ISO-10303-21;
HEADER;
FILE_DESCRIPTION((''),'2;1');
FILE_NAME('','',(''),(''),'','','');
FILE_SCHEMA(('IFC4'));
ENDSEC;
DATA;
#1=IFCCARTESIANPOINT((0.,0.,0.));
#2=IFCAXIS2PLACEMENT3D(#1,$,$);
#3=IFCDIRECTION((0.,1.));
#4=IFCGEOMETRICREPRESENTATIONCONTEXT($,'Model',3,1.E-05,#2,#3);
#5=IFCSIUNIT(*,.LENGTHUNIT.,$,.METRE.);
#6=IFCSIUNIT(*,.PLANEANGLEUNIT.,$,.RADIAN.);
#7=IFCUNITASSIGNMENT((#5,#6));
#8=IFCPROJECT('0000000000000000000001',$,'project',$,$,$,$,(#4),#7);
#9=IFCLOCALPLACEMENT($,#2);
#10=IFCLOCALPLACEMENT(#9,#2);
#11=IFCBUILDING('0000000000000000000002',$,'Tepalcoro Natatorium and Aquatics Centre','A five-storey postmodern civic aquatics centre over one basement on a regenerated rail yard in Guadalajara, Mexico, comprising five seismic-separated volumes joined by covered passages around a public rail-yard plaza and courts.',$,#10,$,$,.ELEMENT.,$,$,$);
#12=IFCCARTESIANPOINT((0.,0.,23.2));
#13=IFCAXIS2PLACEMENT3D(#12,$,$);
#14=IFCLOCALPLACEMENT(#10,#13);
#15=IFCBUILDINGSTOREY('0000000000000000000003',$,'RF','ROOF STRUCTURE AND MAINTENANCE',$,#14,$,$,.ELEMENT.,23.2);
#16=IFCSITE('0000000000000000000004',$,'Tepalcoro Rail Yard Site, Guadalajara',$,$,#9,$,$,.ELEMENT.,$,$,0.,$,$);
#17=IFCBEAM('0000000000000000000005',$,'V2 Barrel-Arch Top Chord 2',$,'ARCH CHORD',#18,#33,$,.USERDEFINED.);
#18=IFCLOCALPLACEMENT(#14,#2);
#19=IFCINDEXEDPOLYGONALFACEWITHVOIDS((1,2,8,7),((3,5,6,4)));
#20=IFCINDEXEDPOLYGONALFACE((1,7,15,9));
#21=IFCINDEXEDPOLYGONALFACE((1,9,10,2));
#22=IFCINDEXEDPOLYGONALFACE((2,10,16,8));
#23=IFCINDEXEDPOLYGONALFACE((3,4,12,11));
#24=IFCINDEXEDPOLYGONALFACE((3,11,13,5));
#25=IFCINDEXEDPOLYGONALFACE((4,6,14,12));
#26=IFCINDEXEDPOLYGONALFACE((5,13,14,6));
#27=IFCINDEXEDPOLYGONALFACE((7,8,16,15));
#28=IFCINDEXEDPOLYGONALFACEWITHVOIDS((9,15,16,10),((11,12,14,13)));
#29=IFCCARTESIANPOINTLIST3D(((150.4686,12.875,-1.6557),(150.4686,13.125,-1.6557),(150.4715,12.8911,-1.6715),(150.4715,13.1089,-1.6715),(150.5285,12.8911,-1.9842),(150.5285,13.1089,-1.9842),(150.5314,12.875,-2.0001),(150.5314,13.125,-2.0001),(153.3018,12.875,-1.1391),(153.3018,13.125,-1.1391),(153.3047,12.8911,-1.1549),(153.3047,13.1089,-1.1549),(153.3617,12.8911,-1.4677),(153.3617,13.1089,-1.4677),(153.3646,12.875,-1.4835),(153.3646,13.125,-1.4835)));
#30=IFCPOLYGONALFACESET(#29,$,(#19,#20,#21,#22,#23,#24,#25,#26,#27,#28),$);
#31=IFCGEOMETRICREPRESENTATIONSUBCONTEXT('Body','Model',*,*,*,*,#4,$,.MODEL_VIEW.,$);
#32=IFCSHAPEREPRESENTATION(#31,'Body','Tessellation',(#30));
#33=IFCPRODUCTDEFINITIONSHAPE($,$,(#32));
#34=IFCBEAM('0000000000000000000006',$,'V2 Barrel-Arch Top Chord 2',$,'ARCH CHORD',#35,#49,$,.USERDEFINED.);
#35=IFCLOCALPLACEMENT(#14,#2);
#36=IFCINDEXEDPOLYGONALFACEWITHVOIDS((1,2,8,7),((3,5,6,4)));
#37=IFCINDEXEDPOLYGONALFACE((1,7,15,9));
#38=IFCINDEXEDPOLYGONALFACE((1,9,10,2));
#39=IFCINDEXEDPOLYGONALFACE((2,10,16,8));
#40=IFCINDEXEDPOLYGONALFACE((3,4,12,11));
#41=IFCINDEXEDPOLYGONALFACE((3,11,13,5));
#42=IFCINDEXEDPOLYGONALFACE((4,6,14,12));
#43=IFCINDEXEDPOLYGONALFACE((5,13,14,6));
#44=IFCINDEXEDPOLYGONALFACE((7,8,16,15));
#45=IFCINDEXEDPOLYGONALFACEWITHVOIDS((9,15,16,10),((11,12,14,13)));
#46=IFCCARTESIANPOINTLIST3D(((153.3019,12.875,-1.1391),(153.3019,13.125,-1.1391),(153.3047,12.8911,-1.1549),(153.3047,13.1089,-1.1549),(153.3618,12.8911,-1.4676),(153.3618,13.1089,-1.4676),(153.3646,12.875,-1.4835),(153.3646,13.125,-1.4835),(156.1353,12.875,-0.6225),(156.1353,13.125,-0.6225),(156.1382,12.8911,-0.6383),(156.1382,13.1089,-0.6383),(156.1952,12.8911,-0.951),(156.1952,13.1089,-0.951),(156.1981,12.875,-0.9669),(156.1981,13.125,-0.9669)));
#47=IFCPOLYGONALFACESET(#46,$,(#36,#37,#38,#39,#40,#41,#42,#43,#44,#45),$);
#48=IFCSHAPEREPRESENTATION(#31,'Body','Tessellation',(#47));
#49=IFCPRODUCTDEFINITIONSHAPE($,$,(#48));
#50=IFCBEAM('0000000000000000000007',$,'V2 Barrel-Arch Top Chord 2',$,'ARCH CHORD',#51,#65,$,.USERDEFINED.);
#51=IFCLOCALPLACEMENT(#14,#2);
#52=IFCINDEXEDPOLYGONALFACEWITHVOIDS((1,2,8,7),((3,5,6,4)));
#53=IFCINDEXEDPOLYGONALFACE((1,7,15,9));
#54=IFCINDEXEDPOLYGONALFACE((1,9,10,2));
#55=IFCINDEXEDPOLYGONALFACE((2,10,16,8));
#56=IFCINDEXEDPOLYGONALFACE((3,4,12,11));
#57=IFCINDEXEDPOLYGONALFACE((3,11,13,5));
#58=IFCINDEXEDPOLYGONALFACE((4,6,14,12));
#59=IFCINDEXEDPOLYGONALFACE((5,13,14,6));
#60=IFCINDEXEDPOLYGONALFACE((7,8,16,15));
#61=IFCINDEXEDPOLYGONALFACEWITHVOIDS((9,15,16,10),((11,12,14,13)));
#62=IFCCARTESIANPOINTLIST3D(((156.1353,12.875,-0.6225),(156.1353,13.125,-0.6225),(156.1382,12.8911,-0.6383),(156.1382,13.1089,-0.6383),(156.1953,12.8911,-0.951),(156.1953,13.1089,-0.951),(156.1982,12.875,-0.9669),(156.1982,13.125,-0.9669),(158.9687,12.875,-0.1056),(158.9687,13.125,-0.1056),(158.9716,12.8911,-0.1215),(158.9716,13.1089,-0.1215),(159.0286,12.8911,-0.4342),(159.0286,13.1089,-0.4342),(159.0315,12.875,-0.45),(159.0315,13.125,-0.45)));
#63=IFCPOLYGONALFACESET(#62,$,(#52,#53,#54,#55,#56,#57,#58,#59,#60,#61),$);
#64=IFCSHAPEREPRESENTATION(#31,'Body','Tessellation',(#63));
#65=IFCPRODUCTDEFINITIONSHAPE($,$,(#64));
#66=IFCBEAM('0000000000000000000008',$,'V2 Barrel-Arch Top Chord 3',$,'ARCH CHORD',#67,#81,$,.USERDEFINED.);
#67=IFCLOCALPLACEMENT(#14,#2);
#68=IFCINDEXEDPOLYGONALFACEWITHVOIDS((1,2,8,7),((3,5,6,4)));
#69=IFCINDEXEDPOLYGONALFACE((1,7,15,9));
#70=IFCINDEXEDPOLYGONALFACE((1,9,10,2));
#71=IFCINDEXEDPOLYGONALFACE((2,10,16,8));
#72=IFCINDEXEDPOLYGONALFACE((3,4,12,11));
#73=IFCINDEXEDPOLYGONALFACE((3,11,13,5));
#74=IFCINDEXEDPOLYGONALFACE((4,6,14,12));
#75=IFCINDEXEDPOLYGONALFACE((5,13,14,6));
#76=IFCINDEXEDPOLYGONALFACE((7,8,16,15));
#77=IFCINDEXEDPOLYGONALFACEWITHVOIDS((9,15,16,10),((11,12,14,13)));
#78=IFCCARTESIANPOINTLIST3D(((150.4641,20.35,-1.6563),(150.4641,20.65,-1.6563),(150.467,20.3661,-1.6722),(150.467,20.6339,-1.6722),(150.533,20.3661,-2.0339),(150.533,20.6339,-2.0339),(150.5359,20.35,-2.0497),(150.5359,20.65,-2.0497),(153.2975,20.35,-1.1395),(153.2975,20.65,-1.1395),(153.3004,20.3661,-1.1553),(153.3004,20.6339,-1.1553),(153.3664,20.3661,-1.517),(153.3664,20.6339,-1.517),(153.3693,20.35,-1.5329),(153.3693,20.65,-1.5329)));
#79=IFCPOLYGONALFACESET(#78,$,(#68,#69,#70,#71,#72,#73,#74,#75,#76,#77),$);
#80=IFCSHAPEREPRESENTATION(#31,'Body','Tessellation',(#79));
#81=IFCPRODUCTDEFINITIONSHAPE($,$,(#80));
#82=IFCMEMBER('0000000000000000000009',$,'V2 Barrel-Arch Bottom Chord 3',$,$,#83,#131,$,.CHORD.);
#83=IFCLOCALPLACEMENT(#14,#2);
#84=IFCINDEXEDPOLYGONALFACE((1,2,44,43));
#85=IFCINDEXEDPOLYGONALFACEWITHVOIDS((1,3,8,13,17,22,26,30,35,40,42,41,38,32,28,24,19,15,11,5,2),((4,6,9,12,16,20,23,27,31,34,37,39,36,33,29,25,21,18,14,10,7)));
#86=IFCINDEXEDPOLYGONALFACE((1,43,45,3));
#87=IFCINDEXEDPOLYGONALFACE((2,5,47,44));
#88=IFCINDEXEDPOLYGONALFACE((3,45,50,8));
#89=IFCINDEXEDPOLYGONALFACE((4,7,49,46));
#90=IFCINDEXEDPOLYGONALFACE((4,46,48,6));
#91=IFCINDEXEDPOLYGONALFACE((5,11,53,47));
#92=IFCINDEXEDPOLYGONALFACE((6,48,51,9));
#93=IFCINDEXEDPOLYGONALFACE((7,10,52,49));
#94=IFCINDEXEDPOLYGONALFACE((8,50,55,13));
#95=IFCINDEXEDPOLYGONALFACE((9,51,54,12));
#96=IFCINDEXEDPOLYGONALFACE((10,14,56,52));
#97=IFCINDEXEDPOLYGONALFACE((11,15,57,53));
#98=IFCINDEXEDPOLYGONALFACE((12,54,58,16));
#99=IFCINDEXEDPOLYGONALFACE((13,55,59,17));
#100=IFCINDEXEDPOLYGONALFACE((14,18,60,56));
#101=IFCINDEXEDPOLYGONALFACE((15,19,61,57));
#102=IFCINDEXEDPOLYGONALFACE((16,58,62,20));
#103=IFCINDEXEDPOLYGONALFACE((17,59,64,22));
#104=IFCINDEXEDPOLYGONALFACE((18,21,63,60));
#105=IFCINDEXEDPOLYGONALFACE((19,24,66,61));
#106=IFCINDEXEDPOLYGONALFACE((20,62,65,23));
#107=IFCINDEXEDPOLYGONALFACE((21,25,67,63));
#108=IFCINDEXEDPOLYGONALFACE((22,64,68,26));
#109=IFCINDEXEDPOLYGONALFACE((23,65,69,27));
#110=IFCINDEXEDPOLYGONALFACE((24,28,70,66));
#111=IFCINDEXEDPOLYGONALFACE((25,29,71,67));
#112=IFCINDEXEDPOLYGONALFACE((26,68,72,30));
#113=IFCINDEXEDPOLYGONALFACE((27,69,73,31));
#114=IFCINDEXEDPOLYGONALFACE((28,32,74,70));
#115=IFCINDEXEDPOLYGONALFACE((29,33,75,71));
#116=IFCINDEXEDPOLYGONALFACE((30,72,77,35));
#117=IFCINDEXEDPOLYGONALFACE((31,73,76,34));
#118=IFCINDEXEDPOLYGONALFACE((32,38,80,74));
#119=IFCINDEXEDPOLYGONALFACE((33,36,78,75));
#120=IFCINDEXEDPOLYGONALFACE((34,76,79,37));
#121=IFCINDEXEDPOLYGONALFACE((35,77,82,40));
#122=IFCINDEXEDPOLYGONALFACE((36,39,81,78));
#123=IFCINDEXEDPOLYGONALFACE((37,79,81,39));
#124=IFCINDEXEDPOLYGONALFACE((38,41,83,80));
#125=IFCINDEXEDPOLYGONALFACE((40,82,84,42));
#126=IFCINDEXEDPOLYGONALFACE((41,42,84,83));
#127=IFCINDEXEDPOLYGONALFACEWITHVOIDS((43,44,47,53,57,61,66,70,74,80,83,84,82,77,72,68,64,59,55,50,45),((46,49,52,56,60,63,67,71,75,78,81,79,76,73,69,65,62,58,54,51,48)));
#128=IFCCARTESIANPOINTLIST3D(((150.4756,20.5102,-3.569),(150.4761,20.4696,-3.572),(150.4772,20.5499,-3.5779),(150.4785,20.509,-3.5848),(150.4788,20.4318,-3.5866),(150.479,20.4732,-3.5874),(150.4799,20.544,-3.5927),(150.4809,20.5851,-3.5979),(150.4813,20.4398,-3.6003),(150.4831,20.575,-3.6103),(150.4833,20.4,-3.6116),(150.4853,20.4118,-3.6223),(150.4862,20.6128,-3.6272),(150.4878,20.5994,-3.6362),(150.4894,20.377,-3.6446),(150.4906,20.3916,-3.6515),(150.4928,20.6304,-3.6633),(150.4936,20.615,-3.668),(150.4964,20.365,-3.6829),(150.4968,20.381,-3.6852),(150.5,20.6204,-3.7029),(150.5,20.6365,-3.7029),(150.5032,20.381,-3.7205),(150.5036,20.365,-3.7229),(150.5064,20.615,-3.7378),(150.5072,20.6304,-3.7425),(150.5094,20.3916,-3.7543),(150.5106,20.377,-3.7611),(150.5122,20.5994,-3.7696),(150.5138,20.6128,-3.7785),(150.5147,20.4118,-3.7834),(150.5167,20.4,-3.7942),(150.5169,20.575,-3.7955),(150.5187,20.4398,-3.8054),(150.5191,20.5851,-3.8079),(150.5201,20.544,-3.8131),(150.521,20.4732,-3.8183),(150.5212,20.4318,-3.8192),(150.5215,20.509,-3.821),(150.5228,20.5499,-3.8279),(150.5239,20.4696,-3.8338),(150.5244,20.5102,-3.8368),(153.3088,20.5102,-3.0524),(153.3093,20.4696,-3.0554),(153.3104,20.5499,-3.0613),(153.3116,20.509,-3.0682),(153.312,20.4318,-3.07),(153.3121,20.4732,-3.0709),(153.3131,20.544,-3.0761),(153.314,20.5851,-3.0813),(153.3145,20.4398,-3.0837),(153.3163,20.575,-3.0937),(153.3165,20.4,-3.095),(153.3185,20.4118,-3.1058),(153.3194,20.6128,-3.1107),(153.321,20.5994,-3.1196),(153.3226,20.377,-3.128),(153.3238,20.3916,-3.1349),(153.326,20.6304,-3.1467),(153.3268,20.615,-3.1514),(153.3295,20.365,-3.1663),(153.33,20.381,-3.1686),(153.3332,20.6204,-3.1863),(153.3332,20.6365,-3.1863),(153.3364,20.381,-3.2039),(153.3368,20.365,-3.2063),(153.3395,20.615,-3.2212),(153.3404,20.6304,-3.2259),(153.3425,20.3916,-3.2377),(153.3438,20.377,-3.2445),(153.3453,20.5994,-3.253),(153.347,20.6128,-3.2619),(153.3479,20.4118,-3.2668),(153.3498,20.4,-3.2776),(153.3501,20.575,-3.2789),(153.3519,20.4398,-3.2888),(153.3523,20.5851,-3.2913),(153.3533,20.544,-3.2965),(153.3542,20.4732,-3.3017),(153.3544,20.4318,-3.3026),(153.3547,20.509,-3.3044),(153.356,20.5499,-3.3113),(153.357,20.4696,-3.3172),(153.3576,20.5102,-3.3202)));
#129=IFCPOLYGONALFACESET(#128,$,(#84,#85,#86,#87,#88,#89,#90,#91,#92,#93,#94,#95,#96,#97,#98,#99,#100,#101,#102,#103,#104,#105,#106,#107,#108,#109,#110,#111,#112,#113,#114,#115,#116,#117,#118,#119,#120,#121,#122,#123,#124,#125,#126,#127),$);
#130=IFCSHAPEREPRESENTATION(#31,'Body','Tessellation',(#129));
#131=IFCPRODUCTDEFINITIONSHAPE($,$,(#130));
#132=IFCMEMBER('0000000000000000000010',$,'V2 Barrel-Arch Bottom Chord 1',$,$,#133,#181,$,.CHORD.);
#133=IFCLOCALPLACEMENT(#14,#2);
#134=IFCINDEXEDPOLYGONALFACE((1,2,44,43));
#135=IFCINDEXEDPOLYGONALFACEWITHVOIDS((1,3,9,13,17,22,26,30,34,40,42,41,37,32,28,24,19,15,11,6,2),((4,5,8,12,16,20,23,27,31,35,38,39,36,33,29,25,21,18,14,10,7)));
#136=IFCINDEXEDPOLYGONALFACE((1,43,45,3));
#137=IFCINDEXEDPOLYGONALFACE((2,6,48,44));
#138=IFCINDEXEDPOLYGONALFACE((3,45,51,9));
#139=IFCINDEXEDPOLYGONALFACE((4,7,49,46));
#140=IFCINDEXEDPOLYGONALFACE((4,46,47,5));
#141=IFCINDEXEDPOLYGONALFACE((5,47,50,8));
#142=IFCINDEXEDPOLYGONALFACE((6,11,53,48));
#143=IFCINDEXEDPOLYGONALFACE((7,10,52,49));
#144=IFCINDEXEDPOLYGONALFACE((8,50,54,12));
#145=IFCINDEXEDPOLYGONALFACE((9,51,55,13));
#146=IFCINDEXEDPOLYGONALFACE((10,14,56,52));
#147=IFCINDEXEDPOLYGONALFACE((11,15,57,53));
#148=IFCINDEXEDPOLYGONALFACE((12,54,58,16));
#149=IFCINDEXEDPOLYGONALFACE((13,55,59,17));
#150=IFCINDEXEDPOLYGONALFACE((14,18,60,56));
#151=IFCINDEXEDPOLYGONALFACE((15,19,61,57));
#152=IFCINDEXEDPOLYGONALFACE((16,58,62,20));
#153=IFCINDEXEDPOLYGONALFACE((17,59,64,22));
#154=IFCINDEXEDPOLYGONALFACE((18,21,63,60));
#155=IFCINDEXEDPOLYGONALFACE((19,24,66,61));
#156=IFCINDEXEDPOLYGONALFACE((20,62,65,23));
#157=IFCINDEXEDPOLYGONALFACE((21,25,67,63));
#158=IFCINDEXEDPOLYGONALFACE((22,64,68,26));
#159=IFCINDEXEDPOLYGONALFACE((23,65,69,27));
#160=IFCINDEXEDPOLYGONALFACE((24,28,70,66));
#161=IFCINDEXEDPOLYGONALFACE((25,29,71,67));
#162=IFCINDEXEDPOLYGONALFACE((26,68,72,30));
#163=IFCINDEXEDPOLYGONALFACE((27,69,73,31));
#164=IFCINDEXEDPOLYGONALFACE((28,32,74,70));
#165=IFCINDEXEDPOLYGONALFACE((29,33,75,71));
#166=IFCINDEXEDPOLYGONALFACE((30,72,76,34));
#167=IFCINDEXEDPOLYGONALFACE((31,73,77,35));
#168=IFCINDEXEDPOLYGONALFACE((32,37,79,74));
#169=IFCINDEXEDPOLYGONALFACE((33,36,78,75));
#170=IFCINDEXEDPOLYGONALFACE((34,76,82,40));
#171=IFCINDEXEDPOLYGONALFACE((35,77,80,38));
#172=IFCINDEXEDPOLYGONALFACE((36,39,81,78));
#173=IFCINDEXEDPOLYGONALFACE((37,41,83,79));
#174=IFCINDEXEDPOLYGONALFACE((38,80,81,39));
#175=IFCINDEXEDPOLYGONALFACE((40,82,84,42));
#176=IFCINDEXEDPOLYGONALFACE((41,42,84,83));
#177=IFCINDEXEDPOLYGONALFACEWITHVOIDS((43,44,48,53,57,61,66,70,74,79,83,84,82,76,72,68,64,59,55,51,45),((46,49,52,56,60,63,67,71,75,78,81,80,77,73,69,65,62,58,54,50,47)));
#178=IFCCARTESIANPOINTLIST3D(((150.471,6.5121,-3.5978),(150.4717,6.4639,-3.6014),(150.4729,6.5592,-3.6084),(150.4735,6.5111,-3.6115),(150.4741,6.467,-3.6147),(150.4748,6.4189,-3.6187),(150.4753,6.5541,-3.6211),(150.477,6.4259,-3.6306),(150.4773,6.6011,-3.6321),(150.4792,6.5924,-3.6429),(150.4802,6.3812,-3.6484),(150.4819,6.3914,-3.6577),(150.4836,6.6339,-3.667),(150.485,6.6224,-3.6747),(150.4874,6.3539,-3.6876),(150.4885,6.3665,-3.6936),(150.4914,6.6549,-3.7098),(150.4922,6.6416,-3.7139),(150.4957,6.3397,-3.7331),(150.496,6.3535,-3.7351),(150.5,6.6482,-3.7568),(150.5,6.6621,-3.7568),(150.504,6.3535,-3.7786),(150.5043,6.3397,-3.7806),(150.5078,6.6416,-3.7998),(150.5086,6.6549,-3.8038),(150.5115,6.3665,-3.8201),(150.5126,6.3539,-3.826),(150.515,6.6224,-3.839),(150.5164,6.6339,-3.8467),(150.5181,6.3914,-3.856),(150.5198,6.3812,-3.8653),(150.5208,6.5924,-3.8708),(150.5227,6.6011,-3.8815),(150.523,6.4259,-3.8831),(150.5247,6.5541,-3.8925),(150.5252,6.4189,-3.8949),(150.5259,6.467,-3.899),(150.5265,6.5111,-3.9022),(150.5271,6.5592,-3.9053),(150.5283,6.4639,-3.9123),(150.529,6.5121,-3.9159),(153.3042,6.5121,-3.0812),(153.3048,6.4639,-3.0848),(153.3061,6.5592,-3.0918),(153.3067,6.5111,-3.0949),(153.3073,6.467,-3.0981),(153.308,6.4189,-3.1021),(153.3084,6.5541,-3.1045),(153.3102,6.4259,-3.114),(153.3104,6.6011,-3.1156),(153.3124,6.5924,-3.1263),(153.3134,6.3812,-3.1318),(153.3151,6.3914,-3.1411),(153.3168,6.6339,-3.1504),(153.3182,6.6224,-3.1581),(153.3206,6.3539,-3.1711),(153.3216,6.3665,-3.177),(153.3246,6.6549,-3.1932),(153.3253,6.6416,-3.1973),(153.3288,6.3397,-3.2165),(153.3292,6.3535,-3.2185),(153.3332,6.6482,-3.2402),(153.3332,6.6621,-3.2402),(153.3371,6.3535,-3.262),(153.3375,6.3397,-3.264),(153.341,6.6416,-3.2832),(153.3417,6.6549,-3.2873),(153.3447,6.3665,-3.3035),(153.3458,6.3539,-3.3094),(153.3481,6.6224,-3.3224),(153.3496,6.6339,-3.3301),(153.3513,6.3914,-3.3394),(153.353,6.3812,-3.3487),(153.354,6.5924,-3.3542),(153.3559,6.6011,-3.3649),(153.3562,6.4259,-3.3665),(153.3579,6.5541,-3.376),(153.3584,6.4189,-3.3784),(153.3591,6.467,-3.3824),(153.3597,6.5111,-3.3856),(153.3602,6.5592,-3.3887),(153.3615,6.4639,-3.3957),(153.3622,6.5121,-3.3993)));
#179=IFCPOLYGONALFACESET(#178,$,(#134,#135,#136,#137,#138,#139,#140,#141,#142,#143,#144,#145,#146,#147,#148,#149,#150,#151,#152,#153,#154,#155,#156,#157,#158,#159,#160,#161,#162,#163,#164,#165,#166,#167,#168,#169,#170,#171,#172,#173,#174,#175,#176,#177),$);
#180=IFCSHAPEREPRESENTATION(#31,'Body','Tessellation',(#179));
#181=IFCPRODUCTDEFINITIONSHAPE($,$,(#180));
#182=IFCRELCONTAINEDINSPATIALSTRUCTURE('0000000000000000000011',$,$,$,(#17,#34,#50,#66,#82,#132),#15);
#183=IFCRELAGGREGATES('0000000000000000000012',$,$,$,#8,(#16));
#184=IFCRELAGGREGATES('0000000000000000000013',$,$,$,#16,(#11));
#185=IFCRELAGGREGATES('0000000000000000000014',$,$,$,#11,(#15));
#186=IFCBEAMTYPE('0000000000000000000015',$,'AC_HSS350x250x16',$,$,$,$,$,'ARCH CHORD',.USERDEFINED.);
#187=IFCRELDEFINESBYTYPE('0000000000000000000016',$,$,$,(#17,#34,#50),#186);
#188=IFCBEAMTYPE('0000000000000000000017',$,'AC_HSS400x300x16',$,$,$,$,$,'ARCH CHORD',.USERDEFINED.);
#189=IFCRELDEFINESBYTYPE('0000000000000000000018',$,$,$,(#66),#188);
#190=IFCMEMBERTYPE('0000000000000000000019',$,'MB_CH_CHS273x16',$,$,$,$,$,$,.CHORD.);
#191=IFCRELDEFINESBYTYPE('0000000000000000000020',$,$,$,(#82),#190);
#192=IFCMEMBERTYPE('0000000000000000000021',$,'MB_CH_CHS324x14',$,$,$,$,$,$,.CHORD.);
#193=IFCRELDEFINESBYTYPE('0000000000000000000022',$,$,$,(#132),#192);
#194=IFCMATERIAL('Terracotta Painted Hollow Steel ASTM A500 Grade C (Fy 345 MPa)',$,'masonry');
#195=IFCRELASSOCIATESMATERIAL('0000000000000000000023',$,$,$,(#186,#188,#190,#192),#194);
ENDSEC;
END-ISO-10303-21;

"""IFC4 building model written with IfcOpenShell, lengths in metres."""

from ifc_helpers import new_model, si_unit, direction, frame, origin, origin_2d, place, context, subcontext, project, spatial, hollow_rectangle, hollow_circle, extrude, material, material_profile, profile_set, type_object, element, save


model = new_model("IFC4")

# Units and contexts
model_context = context("Model", 3, precision=1e-05, world=origin(), true_north=direction((0.0, 1.0)))
body_context = subcontext(model_context, "Body", "Model", "MODEL_VIEW")
ifc_project = project(units=[si_unit("LENGTHUNIT", "METRE"), si_unit("PLANEANGLEUNIT", "RADIAN")], contexts=[model_context])

# Site, building, storey
site_placement = place(None, origin())
site = spatial("IfcSite", under=ifc_project, at=site_placement, Name="Tepalcoro Rail Yard Site, Guadalajara", CompositionType="ELEMENT", RefElevation=0.0)
building_placement = place(site_placement, origin())
building = spatial("IfcBuilding", under=site, at=building_placement, Name="Tepalcoro Natatorium and Aquatics Centre", Description="A five-storey postmodern civic aquatics centre over one basement on a regenerated rail yard in Guadalajara, Mexico, comprising five seismic-separated volumes joined by covered passages around a public rail-yard plaza and courts.", CompositionType="ELEMENT")
storey_placement = place(building_placement, frame((0.0, 0.0, 23.2)))
storey = spatial("IfcBuildingStorey", under=building, at=storey_placement, Name="RF", Description="ROOF STRUCTURE AND MAINTENANCE", CompositionType="ELEMENT", Elevation=23.2)

# Beams
ifc_material_1 = material(Name="Terracotta Painted Hollow Steel ASTM A500 Grade C (Fy 345 MPa)", Category="masonry")
ifc_material_profile_1 = material_profile(ifc_material_1, hollow_rectangle(XDim=0.25, YDim=0.3501, WallThickness=0.0161, at=origin_2d()), Name="HSS350X250X16")
ifc_profile_set_1 = profile_set([ifc_material_profile_1], Name="Terracotta Painted Hollow Steel ASTM A500 Grade C (Fy 345 MPa)")
beam_type_1 = type_object("IfcBeamType", Name="AC_HSS350x250x16", ElementType="ARCH CHORD", PredefinedType="USERDEFINED", material=ifc_profile_set_1)
beam_1_placement = place(storey_placement, frame((150.5, 13.0, -1.8279), z_axis=(0.98378, 0.0, 0.179378), x_axis=(0.0, 1.0, 0.0)))
element("IfcBeam", 1, at=beam_1_placement, inside=storey, type_object=beam_type_1, Name="V2 Barrel-Arch Top Chord 2", ObjectType="ARCH CHORD", PredefinedType="USERDEFINED", context=body_context, shape_type="SweptSolid", body=[
    extrude(hollow_rectangle(XDim=0.25, YDim=0.3501, WallThickness=0.0161, at=origin_2d()), origin(), (0.0, 0.0, 1.0), 2.8799),
])
for number, where, z_axis, x_axis, name in (
    (2, (153.3333, 13.0, -1.3113), (0.983783, 0.0, 0.179363), (0.0, 1.0, 0.0), "V2 Barrel-Arch Top Chord 2"),
    (3, (156.1667, 13.0, -0.7947), (0.983765, 0.0, 0.17946), (0.0, 1.0, 0.0), "V2 Barrel-Arch Top Chord 2"),
):
    element("IfcBeam", number, at=place(storey_placement, frame(where, z_axis=z_axis, x_axis=x_axis)), inside=storey, type_object=beam_type_1, Name=name, ObjectType="ARCH CHORD", PredefinedType="USERDEFINED", context=body_context, shape_type="SweptSolid", body=[
        extrude(hollow_rectangle(XDim=0.25, YDim=0.3501, WallThickness=0.0161, at=origin_2d()), origin(), (0.0, 0.0, 1.0), 2.8801),
    ])
ifc_material_profile_2 = material_profile(ifc_material_1, hollow_rectangle(XDim=0.3, YDim=0.3999, WallThickness=0.0161, at=origin_2d()), Name="HSS400X300X16")
ifc_profile_set_2 = profile_set([ifc_material_profile_2], Name="Terracotta Painted Hollow Steel ASTM A500 Grade C (Fy 345 MPa)")
beam_type_2 = type_object("IfcBeamType", Name="AC_HSS400x300x16", ElementType="ARCH CHORD", PredefinedType="USERDEFINED", material=ifc_profile_set_2)
beam_2_placement = place(storey_placement, frame((150.5, 20.5, -1.853), z_axis=(0.983765, 0.0, 0.17946), x_axis=(0.0, 1.0, 0.0)))
element("IfcBeam", 4, at=beam_2_placement, inside=storey, type_object=beam_type_2, Name="V2 Barrel-Arch Top Chord 3", ObjectType="ARCH CHORD", PredefinedType="USERDEFINED", context=body_context, shape_type="SweptSolid", body=[
    extrude(hollow_rectangle(XDim=0.3, YDim=0.3999, WallThickness=0.0161, at=origin_2d()), origin(), (0.0, 0.0, 1.0), 2.8801),
])

# Members
ifc_material_profile_3 = material_profile(ifc_material_1, hollow_circle(Radius=0.1365, WallThickness=0.0161, at=origin_2d()), Name="CHS273X16")
ifc_profile_set_3 = profile_set([ifc_material_profile_3], Name="Terracotta Painted Hollow Steel ASTM A500 Grade C (Fy 345 MPa)")
member_type_1 = type_object("IfcMemberType", Name="MB_CH_CHS273x16", PredefinedType="CHORD", material=ifc_profile_set_3)
member_1_placement = place(storey_placement, frame((150.5, 20.5, -3.7029), z_axis=(0.98378, 0.0, 0.179378), x_axis=(0.0, 1.0, 0.0)))
element("IfcMember", 5, at=member_1_placement, inside=storey, type_object=member_type_1, Name="V2 Barrel-Arch Bottom Chord 3", PredefinedType="CHORD", context=body_context, shape_type="SweptSolid", body=[
    extrude(hollow_circle(Radius=0.1365, WallThickness=0.0161, at=origin_2d()), origin(), (0.0, 0.0, 1.0), 2.8799),
])
ifc_material_profile_4 = material_profile(ifc_material_1, hollow_circle(Radius=0.1621, WallThickness=0.0139, at=origin_2d()), Name="CHS324X14")
ifc_profile_set_4 = profile_set([ifc_material_profile_4], Name="Terracotta Painted Hollow Steel ASTM A500 Grade C (Fy 345 MPa)")
member_type_2 = type_object("IfcMemberType", Name="MB_CH_CHS324x14", PredefinedType="CHORD", material=ifc_profile_set_4)
member_2_placement = place(storey_placement, frame((150.5, 6.5, -3.7568), z_axis=(0.98378, 0.0, 0.179378), x_axis=(0.0, 1.0, 0.0)))
element("IfcMember", 6, at=member_2_placement, inside=storey, type_object=member_type_2, Name="V2 Barrel-Arch Bottom Chord 1", PredefinedType="CHORD", context=body_context, shape_type="SweptSolid", body=[
    extrude(hollow_circle(Radius=0.1621, WallThickness=0.0139, at=origin_2d()), origin(), (0.0, 0.0, 1.0), 2.8799),
])

save(model, "model.ifc")
